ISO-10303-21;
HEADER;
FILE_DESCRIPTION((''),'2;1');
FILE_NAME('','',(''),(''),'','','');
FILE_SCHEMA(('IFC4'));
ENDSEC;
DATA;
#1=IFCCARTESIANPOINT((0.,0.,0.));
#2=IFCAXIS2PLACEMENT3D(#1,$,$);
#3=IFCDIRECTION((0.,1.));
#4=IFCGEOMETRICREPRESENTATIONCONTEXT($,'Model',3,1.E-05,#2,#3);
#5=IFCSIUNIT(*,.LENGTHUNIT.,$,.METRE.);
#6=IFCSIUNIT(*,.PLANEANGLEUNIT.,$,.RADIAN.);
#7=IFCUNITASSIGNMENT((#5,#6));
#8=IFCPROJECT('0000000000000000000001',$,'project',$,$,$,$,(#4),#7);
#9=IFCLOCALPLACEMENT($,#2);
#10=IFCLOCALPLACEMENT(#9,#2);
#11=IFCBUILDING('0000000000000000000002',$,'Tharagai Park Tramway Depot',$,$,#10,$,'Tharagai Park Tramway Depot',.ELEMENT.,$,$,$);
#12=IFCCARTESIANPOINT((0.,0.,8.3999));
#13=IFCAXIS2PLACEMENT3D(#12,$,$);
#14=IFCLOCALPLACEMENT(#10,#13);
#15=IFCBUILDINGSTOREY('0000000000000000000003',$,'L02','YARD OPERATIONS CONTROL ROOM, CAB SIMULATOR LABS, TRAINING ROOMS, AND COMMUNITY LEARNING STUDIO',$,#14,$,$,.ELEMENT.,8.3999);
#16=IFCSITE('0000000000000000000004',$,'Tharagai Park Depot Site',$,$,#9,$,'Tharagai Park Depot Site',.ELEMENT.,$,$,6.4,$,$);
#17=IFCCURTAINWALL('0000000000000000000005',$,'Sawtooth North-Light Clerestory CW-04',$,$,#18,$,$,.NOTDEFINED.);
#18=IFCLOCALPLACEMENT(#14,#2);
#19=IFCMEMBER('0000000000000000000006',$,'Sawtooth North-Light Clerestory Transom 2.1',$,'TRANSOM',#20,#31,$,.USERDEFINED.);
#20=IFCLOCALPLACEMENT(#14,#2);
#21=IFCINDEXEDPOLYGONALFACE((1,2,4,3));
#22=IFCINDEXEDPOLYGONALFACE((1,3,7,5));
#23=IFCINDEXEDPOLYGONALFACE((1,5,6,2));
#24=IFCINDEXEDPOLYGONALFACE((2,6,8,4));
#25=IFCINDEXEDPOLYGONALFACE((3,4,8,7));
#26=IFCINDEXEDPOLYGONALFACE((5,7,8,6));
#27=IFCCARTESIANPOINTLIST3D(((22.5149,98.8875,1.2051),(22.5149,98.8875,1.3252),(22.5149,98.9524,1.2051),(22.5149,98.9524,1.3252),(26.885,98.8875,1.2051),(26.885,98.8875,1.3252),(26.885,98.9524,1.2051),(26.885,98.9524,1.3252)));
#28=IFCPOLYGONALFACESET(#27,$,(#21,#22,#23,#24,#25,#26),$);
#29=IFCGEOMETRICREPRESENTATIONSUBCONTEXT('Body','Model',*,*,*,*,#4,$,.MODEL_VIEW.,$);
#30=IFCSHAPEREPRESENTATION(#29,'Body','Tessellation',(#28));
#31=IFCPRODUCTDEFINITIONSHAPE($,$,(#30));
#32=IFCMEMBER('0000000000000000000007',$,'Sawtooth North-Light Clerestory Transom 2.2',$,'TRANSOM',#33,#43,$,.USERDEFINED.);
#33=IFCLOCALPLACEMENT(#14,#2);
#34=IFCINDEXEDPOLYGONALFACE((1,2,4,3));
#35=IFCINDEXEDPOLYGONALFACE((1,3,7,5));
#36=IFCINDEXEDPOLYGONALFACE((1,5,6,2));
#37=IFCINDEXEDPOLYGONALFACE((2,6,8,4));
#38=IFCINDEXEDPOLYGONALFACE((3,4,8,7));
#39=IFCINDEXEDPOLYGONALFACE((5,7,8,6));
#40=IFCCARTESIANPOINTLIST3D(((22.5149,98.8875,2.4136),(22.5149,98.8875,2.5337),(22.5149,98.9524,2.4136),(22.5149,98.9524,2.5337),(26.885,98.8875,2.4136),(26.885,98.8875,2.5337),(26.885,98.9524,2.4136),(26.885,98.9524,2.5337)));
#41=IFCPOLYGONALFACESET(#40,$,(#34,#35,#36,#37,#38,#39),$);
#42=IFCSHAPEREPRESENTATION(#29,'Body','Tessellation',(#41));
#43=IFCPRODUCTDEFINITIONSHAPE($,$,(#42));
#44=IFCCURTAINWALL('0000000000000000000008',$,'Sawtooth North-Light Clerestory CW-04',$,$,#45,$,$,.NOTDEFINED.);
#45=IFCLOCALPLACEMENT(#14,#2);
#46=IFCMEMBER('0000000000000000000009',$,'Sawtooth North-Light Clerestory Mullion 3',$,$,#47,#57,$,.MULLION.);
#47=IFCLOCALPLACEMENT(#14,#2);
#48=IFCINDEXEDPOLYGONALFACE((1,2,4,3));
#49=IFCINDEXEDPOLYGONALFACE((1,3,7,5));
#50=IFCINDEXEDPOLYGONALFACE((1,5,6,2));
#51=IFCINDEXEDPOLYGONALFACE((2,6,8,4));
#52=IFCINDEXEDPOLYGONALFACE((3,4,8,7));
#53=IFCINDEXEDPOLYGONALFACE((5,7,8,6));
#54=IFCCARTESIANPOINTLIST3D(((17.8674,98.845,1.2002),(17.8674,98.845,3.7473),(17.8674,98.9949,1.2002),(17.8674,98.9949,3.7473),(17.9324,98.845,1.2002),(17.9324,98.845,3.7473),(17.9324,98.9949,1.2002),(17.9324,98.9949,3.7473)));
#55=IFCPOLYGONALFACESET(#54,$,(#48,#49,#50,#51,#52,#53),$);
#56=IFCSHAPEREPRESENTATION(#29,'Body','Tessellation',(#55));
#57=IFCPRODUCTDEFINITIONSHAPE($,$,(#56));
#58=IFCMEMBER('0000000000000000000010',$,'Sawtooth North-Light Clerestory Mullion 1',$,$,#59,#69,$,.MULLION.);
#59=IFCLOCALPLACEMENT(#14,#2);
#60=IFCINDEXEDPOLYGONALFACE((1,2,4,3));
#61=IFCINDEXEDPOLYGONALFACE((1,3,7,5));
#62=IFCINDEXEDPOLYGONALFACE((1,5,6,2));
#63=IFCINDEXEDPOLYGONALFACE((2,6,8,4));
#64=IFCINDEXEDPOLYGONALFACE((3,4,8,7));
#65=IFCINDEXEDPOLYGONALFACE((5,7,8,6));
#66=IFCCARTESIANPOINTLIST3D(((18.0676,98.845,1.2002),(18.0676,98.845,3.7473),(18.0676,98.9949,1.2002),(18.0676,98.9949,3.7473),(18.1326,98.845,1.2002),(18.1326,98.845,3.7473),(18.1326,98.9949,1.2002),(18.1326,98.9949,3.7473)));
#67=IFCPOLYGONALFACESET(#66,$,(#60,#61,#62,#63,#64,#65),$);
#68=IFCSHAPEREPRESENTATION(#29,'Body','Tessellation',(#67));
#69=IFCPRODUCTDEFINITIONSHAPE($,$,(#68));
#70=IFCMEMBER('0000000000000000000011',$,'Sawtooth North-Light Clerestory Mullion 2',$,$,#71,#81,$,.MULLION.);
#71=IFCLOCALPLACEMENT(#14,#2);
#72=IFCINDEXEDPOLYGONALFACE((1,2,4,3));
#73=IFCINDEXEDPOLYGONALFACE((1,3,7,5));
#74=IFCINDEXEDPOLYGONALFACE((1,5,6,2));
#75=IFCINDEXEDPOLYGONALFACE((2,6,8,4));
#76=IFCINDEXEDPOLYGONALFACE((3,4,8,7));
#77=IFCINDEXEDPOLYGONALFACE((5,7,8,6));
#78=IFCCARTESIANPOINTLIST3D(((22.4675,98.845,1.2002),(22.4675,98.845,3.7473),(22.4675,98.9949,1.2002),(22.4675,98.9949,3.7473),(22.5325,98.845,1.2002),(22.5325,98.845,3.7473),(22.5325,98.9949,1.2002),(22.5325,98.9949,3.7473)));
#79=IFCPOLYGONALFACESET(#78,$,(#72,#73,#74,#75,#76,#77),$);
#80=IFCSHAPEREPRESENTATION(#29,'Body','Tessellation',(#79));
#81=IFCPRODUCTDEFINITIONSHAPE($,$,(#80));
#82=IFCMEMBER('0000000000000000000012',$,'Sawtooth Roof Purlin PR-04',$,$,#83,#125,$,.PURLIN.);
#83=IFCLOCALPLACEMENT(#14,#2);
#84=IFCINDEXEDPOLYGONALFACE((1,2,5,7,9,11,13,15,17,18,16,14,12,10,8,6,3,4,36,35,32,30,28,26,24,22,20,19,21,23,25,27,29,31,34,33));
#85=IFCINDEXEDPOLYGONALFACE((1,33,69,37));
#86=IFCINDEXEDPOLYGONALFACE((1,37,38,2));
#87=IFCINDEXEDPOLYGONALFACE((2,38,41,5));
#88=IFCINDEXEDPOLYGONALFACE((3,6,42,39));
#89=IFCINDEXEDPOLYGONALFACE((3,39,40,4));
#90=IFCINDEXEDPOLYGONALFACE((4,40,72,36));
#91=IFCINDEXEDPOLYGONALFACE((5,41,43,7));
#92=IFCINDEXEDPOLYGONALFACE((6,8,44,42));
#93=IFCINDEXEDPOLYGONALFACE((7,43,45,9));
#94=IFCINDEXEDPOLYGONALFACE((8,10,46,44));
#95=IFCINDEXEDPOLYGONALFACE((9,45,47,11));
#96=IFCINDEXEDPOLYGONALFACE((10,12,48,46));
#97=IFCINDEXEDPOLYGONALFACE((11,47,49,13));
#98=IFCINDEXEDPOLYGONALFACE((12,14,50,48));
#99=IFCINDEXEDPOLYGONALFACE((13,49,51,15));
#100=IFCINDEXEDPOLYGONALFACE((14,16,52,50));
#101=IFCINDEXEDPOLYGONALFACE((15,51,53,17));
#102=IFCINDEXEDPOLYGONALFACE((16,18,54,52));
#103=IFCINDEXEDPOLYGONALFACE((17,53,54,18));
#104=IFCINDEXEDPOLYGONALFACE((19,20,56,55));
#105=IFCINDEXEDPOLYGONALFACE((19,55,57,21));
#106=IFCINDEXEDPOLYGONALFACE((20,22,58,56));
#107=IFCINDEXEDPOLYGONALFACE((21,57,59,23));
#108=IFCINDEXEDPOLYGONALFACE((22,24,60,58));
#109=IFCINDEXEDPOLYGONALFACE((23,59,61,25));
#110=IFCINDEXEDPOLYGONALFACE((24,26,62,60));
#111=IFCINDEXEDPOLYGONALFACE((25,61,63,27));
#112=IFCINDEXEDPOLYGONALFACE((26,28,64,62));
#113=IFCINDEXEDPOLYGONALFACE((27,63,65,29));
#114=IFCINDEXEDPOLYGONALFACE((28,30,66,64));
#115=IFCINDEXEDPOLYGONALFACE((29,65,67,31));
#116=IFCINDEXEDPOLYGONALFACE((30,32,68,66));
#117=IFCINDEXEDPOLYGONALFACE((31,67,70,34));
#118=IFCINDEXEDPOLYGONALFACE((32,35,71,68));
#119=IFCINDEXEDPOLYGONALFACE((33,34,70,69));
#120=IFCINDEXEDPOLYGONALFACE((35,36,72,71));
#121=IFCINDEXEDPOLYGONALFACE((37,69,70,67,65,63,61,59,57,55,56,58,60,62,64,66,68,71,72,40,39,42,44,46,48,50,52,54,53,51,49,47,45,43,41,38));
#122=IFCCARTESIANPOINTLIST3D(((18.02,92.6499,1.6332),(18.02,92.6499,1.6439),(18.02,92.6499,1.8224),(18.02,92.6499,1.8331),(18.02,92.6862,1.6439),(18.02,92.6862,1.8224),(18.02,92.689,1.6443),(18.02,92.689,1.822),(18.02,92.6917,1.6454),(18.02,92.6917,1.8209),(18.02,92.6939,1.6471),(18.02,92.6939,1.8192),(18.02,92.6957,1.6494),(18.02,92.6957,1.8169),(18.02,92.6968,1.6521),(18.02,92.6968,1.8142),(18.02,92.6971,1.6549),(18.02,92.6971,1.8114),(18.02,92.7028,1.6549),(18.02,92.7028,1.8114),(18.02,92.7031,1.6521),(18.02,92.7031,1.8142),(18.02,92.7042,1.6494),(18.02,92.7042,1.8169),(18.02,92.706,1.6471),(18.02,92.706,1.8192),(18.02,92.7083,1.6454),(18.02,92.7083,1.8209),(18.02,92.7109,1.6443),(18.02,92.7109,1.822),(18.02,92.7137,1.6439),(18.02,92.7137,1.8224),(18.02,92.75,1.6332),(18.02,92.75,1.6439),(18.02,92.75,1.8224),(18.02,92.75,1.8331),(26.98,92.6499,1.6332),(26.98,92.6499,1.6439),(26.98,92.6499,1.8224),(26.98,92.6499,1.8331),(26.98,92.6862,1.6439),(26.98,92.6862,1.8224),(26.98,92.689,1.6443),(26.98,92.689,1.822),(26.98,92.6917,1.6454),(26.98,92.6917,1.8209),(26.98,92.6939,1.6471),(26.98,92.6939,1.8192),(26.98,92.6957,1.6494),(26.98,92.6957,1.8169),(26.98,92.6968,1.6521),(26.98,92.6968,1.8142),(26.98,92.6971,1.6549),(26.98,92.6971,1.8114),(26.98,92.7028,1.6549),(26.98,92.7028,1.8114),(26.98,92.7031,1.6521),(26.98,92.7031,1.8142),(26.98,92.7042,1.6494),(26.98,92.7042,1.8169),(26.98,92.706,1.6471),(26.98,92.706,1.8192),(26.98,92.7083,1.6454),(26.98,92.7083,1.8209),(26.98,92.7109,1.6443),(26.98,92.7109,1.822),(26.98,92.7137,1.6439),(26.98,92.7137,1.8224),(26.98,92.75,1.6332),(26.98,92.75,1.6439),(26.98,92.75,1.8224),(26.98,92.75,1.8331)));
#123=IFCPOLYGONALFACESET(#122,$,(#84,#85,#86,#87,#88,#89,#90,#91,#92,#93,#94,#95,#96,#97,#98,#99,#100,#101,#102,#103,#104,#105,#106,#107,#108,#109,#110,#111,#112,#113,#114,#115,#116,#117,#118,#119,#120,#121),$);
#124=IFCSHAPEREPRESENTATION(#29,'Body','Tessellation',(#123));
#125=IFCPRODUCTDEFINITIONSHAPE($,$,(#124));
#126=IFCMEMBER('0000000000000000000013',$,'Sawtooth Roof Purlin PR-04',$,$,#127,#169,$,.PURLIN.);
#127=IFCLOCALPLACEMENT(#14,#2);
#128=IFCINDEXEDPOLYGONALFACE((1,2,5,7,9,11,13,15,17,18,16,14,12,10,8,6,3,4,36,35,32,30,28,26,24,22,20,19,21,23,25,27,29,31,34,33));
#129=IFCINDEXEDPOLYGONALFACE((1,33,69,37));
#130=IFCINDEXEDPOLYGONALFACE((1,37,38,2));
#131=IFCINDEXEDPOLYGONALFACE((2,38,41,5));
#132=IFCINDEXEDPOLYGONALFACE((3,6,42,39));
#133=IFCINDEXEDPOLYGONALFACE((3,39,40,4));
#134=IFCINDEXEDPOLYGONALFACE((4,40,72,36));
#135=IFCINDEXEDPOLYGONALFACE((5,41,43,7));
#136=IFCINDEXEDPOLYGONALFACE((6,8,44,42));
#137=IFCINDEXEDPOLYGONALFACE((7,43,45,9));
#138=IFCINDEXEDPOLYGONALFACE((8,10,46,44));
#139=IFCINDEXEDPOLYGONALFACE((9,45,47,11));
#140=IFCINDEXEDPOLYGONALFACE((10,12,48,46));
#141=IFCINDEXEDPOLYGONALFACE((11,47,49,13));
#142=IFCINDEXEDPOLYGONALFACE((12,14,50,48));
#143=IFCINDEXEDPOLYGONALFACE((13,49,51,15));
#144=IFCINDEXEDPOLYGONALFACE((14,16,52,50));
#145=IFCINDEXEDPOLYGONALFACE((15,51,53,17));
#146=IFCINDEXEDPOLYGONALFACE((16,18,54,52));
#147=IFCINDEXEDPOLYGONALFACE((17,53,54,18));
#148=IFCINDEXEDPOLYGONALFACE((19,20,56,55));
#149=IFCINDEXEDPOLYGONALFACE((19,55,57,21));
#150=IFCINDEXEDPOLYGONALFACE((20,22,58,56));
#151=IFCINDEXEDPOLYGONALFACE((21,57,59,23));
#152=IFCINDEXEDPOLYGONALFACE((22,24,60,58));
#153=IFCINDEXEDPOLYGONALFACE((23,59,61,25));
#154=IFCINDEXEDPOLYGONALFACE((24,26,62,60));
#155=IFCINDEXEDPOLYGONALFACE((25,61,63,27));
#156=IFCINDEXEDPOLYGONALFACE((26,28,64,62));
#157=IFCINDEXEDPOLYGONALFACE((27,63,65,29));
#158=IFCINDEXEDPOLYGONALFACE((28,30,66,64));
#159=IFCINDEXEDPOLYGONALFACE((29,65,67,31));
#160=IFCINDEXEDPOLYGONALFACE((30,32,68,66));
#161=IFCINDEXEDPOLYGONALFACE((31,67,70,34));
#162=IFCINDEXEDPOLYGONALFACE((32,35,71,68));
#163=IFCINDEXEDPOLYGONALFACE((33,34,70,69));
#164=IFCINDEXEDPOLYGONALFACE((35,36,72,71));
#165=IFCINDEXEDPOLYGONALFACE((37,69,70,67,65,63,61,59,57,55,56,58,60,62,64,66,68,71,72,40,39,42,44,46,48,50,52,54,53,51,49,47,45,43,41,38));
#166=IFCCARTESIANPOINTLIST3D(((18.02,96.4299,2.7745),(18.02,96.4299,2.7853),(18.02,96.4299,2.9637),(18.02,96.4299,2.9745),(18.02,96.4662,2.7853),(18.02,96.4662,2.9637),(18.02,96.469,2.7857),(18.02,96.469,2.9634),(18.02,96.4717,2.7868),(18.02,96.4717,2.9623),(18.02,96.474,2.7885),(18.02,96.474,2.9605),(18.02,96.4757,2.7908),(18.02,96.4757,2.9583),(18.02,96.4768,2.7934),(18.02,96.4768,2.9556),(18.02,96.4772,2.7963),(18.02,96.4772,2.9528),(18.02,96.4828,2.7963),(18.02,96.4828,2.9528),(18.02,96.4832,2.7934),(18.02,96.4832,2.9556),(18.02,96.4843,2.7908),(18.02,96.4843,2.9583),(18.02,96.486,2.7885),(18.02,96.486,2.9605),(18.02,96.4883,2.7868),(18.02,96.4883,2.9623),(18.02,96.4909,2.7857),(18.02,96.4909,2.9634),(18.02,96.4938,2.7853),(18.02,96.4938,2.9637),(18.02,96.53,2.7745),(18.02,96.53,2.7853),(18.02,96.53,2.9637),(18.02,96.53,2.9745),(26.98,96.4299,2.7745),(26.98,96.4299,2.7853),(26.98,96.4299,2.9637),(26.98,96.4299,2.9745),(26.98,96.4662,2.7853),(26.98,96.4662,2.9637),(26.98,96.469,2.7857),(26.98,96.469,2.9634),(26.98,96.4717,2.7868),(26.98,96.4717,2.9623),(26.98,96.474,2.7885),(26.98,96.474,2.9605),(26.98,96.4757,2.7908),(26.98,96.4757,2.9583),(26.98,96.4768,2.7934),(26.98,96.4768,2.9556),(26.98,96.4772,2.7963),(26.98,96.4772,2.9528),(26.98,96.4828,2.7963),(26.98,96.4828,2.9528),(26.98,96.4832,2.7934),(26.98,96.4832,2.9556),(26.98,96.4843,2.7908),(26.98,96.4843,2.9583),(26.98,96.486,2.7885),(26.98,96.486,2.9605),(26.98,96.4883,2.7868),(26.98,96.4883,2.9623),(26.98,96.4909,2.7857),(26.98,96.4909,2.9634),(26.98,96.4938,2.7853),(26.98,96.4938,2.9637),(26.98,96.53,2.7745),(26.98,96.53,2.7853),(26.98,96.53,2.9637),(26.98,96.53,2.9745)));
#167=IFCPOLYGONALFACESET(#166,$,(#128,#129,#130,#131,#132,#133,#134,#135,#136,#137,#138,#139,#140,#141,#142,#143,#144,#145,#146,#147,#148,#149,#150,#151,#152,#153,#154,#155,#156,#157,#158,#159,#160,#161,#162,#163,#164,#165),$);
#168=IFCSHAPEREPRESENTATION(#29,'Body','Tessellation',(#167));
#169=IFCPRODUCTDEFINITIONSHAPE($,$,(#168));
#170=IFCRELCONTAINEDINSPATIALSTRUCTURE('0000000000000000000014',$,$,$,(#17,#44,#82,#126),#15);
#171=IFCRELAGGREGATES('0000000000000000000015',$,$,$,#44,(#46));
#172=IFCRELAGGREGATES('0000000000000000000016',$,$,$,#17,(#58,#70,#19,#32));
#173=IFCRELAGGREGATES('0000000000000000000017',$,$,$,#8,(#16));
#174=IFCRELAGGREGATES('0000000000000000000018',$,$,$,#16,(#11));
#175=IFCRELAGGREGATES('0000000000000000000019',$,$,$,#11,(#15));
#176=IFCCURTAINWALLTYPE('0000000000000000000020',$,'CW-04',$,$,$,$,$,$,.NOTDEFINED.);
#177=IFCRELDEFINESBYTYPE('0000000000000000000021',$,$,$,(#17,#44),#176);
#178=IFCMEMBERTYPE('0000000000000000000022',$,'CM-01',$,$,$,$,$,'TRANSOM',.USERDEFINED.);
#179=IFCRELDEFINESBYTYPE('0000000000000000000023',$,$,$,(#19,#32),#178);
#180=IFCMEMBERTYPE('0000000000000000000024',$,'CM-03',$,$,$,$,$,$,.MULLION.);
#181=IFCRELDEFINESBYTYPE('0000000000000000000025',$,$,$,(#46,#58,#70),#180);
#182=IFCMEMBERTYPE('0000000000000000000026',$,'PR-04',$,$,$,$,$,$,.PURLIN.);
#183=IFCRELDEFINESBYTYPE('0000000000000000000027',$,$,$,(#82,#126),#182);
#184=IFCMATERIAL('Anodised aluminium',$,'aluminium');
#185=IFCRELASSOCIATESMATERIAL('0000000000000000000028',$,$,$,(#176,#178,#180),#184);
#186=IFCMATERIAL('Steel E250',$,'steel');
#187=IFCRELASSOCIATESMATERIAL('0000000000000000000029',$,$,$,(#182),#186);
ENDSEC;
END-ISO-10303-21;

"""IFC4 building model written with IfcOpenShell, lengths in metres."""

from ifc_helpers import new_model, si_unit, direction, frame, origin, origin_2d, place, context, subcontext, project, spatial, rectangle, i_section, extrude, material, material_profile, profile_set, type_object, element, aggregate, save


model = new_model("IFC4")

# Units and contexts
model_context = context("Model", 3, precision=1e-05, world=origin(), true_north=direction((0.0, 1.0)))
body_context = subcontext(model_context, "Body", "Model", "MODEL_VIEW")
ifc_project = project(units=[si_unit("LENGTHUNIT", "METRE"), si_unit("PLANEANGLEUNIT", "RADIAN")], contexts=[model_context])

# Site, building, storey
site_placement = place(None, origin())
site = spatial("IfcSite", under=ifc_project, at=site_placement, Name="Tharagai Park Depot Site", LongName="Tharagai Park Depot Site", CompositionType="ELEMENT", RefElevation=6.4)
building_placement = place(site_placement, origin())
building = spatial("IfcBuilding", under=site, at=building_placement, Name="Tharagai Park Tramway Depot", LongName="Tharagai Park Tramway Depot", CompositionType="ELEMENT")
storey_placement = place(building_placement, frame((0.0, 0.0, 8.3999)))
storey = spatial("IfcBuildingStorey", under=building, at=storey_placement, Name="L02", Description="YARD OPERATIONS CONTROL ROOM, CAB SIMULATOR LABS, TRAINING ROOMS, AND COMMUNITY LEARNING STUDIO", CompositionType="ELEMENT", Elevation=8.3999)

# Curtain wall, members
ifc_material_1 = material(Name="Anodised aluminium", Category="aluminium")
curtain_wall_type = type_object("IfcCurtainWallType", Name="CW-04", PredefinedType="NOTDEFINED", material=ifc_material_1)
curtain_wall_1_placement = place(storey_placement, origin())
curtain_wall_1 = element("IfcCurtainWall", 1, at=curtain_wall_1_placement, inside=storey, type_object=curtain_wall_type, Name="Sawtooth North-Light Clerestory CW-04", PredefinedType="NOTDEFINED")
ifc_material_profile_1 = material_profile(ifc_material_1, rectangle(XDim=0.0649, YDim=0.1201, at=origin_2d()), Name="ALU 65x120")
ifc_profile_set_1 = profile_set([ifc_material_profile_1], Name="Anodised aluminium")
member_type_1 = type_object("IfcMemberType", Name="CM-01", ElementType="TRANSOM", PredefinedType="USERDEFINED", material=ifc_profile_set_1)
member_1_placement = place(storey_placement, frame((22.5149, 98.9199, 1.2651), z_axis=(1.0, 0.0, 0.0), x_axis=(0.0, 1.0, 0.0)))
member_1 = element("IfcMember", 2, at=member_1_placement, type_object=member_type_1, Name="Sawtooth North-Light Clerestory Transom 2.1", ObjectType="TRANSOM", PredefinedType="USERDEFINED", context=body_context, shape_type="SweptSolid", body=[
    extrude(rectangle(XDim=0.0649, YDim=0.1201, at=origin_2d()), origin(), (0.0, 0.0, 1.0), 4.3701),
])
member_2_placement = place(storey_placement, frame((22.5149, 98.9199, 2.4736), z_axis=(1.0, 0.0, 0.0), x_axis=(0.0, 1.0, 0.0)))
member_2 = element("IfcMember", 3, at=member_2_placement, type_object=member_type_1, Name="Sawtooth North-Light Clerestory Transom 2.2", ObjectType="TRANSOM", PredefinedType="USERDEFINED", context=body_context, shape_type="SweptSolid", body=[
    extrude(rectangle(XDim=0.0649, YDim=0.1201, at=origin_2d()), origin(), (0.0, 0.0, 1.0), 4.3701),
])

# Curtain wall, member
curtain_wall_2_placement = place(storey_placement, origin())
curtain_wall_2 = element("IfcCurtainWall", 4, at=curtain_wall_2_placement, inside=storey, type_object=curtain_wall_type, Name="Sawtooth North-Light Clerestory CW-04", PredefinedType="NOTDEFINED")
ifc_material_profile_2 = material_profile(ifc_material_1, rectangle(XDim=0.0649, YDim=0.1499, at=origin_2d()), Name="ALU 65x150")
ifc_profile_set_2 = profile_set([ifc_material_profile_2], Name="Anodised aluminium")
member_type_2 = type_object("IfcMemberType", Name="CM-03", PredefinedType="MULLION", material=ifc_profile_set_2)
member_3_placement = place(storey_placement, frame((17.8999, 98.9199, 1.2002), z_axis=(0.0, 0.0, 1.0), x_axis=(1.0, 0.0, 0.0)))
member_3 = element("IfcMember", 5, at=member_3_placement, type_object=member_type_2, Name="Sawtooth North-Light Clerestory Mullion 3", PredefinedType="MULLION", context=body_context, shape_type="SweptSolid", body=[
    extrude(rectangle(XDim=0.0649, YDim=0.1499, at=origin_2d()), origin(), (0.0, 0.0, 1.0), 2.5471),
])

# Members
member_4_placement = place(storey_placement, frame((18.1001, 98.9199, 1.2002), z_axis=(0.0, 0.0, 1.0), x_axis=(1.0, 0.0, 0.0)))
member_4 = element("IfcMember", 6, at=member_4_placement, type_object=member_type_2, Name="Sawtooth North-Light Clerestory Mullion 1", PredefinedType="MULLION", context=body_context, shape_type="SweptSolid", body=[
    extrude(rectangle(XDim=0.0649, YDim=0.1499, at=origin_2d()), origin(), (0.0, 0.0, 1.0), 2.5471),
])
member_5_placement = place(storey_placement, frame((22.5, 98.9199, 1.2002), z_axis=(0.0, 0.0, 1.0), x_axis=(1.0, 0.0, 0.0)))
member_5 = element("IfcMember", 7, at=member_5_placement, type_object=member_type_2, Name="Sawtooth North-Light Clerestory Mullion 2", PredefinedType="MULLION", context=body_context, shape_type="SweptSolid", body=[
    extrude(rectangle(XDim=0.0649, YDim=0.1499, at=origin_2d()), origin(), (0.0, 0.0, 1.0), 2.5471),
])

# Members
ifc_material_2 = material(Name="Steel E250", Category="steel")
ifc_material_profile_3 = material_profile(ifc_material_2, i_section(OverallWidth=0.1001, OverallDepth=0.2, WebThickness=0.0056, FlangeThickness=0.0107, FilletRadius=0.011, at=origin_2d()), Name="ISMB 200")
ifc_profile_set_3 = profile_set([ifc_material_profile_3], Name="Steel E250")
member_type_3 = type_object("IfcMemberType", Name="PR-04", PredefinedType="PURLIN", material=ifc_profile_set_3)
for number, where, z_axis, x_axis, name in (
    (8, (18.02, 92.7, 1.7332), (1.0, 0.0, 0.0), (0.0, 1.0, 0.0), "Sawtooth Roof Purlin PR-04"),
    (9, (18.02, 96.48, 2.8745), (1.0, 0.0, 0.0), (0.0, 1.0, 0.0), "Sawtooth Roof Purlin PR-04"),
):
    element("IfcMember", number, at=place(storey_placement, frame(where, z_axis=z_axis, x_axis=x_axis)), inside=storey, type_object=member_type_3, Name=name, PredefinedType="PURLIN", context=body_context, shape_type="SweptSolid", body=[
        extrude(i_section(OverallWidth=0.1001, OverallDepth=0.2, WebThickness=0.0056, FlangeThickness=0.0107, FilletRadius=0.011, at=origin_2d()), origin(), (0.0, 0.0, 1.0), 8.96),
    ])

aggregate(curtain_wall_2, [member_3])
aggregate(curtain_wall_1, [member_4, member_5, member_1, member_2])

save(model, "model.ifc")
